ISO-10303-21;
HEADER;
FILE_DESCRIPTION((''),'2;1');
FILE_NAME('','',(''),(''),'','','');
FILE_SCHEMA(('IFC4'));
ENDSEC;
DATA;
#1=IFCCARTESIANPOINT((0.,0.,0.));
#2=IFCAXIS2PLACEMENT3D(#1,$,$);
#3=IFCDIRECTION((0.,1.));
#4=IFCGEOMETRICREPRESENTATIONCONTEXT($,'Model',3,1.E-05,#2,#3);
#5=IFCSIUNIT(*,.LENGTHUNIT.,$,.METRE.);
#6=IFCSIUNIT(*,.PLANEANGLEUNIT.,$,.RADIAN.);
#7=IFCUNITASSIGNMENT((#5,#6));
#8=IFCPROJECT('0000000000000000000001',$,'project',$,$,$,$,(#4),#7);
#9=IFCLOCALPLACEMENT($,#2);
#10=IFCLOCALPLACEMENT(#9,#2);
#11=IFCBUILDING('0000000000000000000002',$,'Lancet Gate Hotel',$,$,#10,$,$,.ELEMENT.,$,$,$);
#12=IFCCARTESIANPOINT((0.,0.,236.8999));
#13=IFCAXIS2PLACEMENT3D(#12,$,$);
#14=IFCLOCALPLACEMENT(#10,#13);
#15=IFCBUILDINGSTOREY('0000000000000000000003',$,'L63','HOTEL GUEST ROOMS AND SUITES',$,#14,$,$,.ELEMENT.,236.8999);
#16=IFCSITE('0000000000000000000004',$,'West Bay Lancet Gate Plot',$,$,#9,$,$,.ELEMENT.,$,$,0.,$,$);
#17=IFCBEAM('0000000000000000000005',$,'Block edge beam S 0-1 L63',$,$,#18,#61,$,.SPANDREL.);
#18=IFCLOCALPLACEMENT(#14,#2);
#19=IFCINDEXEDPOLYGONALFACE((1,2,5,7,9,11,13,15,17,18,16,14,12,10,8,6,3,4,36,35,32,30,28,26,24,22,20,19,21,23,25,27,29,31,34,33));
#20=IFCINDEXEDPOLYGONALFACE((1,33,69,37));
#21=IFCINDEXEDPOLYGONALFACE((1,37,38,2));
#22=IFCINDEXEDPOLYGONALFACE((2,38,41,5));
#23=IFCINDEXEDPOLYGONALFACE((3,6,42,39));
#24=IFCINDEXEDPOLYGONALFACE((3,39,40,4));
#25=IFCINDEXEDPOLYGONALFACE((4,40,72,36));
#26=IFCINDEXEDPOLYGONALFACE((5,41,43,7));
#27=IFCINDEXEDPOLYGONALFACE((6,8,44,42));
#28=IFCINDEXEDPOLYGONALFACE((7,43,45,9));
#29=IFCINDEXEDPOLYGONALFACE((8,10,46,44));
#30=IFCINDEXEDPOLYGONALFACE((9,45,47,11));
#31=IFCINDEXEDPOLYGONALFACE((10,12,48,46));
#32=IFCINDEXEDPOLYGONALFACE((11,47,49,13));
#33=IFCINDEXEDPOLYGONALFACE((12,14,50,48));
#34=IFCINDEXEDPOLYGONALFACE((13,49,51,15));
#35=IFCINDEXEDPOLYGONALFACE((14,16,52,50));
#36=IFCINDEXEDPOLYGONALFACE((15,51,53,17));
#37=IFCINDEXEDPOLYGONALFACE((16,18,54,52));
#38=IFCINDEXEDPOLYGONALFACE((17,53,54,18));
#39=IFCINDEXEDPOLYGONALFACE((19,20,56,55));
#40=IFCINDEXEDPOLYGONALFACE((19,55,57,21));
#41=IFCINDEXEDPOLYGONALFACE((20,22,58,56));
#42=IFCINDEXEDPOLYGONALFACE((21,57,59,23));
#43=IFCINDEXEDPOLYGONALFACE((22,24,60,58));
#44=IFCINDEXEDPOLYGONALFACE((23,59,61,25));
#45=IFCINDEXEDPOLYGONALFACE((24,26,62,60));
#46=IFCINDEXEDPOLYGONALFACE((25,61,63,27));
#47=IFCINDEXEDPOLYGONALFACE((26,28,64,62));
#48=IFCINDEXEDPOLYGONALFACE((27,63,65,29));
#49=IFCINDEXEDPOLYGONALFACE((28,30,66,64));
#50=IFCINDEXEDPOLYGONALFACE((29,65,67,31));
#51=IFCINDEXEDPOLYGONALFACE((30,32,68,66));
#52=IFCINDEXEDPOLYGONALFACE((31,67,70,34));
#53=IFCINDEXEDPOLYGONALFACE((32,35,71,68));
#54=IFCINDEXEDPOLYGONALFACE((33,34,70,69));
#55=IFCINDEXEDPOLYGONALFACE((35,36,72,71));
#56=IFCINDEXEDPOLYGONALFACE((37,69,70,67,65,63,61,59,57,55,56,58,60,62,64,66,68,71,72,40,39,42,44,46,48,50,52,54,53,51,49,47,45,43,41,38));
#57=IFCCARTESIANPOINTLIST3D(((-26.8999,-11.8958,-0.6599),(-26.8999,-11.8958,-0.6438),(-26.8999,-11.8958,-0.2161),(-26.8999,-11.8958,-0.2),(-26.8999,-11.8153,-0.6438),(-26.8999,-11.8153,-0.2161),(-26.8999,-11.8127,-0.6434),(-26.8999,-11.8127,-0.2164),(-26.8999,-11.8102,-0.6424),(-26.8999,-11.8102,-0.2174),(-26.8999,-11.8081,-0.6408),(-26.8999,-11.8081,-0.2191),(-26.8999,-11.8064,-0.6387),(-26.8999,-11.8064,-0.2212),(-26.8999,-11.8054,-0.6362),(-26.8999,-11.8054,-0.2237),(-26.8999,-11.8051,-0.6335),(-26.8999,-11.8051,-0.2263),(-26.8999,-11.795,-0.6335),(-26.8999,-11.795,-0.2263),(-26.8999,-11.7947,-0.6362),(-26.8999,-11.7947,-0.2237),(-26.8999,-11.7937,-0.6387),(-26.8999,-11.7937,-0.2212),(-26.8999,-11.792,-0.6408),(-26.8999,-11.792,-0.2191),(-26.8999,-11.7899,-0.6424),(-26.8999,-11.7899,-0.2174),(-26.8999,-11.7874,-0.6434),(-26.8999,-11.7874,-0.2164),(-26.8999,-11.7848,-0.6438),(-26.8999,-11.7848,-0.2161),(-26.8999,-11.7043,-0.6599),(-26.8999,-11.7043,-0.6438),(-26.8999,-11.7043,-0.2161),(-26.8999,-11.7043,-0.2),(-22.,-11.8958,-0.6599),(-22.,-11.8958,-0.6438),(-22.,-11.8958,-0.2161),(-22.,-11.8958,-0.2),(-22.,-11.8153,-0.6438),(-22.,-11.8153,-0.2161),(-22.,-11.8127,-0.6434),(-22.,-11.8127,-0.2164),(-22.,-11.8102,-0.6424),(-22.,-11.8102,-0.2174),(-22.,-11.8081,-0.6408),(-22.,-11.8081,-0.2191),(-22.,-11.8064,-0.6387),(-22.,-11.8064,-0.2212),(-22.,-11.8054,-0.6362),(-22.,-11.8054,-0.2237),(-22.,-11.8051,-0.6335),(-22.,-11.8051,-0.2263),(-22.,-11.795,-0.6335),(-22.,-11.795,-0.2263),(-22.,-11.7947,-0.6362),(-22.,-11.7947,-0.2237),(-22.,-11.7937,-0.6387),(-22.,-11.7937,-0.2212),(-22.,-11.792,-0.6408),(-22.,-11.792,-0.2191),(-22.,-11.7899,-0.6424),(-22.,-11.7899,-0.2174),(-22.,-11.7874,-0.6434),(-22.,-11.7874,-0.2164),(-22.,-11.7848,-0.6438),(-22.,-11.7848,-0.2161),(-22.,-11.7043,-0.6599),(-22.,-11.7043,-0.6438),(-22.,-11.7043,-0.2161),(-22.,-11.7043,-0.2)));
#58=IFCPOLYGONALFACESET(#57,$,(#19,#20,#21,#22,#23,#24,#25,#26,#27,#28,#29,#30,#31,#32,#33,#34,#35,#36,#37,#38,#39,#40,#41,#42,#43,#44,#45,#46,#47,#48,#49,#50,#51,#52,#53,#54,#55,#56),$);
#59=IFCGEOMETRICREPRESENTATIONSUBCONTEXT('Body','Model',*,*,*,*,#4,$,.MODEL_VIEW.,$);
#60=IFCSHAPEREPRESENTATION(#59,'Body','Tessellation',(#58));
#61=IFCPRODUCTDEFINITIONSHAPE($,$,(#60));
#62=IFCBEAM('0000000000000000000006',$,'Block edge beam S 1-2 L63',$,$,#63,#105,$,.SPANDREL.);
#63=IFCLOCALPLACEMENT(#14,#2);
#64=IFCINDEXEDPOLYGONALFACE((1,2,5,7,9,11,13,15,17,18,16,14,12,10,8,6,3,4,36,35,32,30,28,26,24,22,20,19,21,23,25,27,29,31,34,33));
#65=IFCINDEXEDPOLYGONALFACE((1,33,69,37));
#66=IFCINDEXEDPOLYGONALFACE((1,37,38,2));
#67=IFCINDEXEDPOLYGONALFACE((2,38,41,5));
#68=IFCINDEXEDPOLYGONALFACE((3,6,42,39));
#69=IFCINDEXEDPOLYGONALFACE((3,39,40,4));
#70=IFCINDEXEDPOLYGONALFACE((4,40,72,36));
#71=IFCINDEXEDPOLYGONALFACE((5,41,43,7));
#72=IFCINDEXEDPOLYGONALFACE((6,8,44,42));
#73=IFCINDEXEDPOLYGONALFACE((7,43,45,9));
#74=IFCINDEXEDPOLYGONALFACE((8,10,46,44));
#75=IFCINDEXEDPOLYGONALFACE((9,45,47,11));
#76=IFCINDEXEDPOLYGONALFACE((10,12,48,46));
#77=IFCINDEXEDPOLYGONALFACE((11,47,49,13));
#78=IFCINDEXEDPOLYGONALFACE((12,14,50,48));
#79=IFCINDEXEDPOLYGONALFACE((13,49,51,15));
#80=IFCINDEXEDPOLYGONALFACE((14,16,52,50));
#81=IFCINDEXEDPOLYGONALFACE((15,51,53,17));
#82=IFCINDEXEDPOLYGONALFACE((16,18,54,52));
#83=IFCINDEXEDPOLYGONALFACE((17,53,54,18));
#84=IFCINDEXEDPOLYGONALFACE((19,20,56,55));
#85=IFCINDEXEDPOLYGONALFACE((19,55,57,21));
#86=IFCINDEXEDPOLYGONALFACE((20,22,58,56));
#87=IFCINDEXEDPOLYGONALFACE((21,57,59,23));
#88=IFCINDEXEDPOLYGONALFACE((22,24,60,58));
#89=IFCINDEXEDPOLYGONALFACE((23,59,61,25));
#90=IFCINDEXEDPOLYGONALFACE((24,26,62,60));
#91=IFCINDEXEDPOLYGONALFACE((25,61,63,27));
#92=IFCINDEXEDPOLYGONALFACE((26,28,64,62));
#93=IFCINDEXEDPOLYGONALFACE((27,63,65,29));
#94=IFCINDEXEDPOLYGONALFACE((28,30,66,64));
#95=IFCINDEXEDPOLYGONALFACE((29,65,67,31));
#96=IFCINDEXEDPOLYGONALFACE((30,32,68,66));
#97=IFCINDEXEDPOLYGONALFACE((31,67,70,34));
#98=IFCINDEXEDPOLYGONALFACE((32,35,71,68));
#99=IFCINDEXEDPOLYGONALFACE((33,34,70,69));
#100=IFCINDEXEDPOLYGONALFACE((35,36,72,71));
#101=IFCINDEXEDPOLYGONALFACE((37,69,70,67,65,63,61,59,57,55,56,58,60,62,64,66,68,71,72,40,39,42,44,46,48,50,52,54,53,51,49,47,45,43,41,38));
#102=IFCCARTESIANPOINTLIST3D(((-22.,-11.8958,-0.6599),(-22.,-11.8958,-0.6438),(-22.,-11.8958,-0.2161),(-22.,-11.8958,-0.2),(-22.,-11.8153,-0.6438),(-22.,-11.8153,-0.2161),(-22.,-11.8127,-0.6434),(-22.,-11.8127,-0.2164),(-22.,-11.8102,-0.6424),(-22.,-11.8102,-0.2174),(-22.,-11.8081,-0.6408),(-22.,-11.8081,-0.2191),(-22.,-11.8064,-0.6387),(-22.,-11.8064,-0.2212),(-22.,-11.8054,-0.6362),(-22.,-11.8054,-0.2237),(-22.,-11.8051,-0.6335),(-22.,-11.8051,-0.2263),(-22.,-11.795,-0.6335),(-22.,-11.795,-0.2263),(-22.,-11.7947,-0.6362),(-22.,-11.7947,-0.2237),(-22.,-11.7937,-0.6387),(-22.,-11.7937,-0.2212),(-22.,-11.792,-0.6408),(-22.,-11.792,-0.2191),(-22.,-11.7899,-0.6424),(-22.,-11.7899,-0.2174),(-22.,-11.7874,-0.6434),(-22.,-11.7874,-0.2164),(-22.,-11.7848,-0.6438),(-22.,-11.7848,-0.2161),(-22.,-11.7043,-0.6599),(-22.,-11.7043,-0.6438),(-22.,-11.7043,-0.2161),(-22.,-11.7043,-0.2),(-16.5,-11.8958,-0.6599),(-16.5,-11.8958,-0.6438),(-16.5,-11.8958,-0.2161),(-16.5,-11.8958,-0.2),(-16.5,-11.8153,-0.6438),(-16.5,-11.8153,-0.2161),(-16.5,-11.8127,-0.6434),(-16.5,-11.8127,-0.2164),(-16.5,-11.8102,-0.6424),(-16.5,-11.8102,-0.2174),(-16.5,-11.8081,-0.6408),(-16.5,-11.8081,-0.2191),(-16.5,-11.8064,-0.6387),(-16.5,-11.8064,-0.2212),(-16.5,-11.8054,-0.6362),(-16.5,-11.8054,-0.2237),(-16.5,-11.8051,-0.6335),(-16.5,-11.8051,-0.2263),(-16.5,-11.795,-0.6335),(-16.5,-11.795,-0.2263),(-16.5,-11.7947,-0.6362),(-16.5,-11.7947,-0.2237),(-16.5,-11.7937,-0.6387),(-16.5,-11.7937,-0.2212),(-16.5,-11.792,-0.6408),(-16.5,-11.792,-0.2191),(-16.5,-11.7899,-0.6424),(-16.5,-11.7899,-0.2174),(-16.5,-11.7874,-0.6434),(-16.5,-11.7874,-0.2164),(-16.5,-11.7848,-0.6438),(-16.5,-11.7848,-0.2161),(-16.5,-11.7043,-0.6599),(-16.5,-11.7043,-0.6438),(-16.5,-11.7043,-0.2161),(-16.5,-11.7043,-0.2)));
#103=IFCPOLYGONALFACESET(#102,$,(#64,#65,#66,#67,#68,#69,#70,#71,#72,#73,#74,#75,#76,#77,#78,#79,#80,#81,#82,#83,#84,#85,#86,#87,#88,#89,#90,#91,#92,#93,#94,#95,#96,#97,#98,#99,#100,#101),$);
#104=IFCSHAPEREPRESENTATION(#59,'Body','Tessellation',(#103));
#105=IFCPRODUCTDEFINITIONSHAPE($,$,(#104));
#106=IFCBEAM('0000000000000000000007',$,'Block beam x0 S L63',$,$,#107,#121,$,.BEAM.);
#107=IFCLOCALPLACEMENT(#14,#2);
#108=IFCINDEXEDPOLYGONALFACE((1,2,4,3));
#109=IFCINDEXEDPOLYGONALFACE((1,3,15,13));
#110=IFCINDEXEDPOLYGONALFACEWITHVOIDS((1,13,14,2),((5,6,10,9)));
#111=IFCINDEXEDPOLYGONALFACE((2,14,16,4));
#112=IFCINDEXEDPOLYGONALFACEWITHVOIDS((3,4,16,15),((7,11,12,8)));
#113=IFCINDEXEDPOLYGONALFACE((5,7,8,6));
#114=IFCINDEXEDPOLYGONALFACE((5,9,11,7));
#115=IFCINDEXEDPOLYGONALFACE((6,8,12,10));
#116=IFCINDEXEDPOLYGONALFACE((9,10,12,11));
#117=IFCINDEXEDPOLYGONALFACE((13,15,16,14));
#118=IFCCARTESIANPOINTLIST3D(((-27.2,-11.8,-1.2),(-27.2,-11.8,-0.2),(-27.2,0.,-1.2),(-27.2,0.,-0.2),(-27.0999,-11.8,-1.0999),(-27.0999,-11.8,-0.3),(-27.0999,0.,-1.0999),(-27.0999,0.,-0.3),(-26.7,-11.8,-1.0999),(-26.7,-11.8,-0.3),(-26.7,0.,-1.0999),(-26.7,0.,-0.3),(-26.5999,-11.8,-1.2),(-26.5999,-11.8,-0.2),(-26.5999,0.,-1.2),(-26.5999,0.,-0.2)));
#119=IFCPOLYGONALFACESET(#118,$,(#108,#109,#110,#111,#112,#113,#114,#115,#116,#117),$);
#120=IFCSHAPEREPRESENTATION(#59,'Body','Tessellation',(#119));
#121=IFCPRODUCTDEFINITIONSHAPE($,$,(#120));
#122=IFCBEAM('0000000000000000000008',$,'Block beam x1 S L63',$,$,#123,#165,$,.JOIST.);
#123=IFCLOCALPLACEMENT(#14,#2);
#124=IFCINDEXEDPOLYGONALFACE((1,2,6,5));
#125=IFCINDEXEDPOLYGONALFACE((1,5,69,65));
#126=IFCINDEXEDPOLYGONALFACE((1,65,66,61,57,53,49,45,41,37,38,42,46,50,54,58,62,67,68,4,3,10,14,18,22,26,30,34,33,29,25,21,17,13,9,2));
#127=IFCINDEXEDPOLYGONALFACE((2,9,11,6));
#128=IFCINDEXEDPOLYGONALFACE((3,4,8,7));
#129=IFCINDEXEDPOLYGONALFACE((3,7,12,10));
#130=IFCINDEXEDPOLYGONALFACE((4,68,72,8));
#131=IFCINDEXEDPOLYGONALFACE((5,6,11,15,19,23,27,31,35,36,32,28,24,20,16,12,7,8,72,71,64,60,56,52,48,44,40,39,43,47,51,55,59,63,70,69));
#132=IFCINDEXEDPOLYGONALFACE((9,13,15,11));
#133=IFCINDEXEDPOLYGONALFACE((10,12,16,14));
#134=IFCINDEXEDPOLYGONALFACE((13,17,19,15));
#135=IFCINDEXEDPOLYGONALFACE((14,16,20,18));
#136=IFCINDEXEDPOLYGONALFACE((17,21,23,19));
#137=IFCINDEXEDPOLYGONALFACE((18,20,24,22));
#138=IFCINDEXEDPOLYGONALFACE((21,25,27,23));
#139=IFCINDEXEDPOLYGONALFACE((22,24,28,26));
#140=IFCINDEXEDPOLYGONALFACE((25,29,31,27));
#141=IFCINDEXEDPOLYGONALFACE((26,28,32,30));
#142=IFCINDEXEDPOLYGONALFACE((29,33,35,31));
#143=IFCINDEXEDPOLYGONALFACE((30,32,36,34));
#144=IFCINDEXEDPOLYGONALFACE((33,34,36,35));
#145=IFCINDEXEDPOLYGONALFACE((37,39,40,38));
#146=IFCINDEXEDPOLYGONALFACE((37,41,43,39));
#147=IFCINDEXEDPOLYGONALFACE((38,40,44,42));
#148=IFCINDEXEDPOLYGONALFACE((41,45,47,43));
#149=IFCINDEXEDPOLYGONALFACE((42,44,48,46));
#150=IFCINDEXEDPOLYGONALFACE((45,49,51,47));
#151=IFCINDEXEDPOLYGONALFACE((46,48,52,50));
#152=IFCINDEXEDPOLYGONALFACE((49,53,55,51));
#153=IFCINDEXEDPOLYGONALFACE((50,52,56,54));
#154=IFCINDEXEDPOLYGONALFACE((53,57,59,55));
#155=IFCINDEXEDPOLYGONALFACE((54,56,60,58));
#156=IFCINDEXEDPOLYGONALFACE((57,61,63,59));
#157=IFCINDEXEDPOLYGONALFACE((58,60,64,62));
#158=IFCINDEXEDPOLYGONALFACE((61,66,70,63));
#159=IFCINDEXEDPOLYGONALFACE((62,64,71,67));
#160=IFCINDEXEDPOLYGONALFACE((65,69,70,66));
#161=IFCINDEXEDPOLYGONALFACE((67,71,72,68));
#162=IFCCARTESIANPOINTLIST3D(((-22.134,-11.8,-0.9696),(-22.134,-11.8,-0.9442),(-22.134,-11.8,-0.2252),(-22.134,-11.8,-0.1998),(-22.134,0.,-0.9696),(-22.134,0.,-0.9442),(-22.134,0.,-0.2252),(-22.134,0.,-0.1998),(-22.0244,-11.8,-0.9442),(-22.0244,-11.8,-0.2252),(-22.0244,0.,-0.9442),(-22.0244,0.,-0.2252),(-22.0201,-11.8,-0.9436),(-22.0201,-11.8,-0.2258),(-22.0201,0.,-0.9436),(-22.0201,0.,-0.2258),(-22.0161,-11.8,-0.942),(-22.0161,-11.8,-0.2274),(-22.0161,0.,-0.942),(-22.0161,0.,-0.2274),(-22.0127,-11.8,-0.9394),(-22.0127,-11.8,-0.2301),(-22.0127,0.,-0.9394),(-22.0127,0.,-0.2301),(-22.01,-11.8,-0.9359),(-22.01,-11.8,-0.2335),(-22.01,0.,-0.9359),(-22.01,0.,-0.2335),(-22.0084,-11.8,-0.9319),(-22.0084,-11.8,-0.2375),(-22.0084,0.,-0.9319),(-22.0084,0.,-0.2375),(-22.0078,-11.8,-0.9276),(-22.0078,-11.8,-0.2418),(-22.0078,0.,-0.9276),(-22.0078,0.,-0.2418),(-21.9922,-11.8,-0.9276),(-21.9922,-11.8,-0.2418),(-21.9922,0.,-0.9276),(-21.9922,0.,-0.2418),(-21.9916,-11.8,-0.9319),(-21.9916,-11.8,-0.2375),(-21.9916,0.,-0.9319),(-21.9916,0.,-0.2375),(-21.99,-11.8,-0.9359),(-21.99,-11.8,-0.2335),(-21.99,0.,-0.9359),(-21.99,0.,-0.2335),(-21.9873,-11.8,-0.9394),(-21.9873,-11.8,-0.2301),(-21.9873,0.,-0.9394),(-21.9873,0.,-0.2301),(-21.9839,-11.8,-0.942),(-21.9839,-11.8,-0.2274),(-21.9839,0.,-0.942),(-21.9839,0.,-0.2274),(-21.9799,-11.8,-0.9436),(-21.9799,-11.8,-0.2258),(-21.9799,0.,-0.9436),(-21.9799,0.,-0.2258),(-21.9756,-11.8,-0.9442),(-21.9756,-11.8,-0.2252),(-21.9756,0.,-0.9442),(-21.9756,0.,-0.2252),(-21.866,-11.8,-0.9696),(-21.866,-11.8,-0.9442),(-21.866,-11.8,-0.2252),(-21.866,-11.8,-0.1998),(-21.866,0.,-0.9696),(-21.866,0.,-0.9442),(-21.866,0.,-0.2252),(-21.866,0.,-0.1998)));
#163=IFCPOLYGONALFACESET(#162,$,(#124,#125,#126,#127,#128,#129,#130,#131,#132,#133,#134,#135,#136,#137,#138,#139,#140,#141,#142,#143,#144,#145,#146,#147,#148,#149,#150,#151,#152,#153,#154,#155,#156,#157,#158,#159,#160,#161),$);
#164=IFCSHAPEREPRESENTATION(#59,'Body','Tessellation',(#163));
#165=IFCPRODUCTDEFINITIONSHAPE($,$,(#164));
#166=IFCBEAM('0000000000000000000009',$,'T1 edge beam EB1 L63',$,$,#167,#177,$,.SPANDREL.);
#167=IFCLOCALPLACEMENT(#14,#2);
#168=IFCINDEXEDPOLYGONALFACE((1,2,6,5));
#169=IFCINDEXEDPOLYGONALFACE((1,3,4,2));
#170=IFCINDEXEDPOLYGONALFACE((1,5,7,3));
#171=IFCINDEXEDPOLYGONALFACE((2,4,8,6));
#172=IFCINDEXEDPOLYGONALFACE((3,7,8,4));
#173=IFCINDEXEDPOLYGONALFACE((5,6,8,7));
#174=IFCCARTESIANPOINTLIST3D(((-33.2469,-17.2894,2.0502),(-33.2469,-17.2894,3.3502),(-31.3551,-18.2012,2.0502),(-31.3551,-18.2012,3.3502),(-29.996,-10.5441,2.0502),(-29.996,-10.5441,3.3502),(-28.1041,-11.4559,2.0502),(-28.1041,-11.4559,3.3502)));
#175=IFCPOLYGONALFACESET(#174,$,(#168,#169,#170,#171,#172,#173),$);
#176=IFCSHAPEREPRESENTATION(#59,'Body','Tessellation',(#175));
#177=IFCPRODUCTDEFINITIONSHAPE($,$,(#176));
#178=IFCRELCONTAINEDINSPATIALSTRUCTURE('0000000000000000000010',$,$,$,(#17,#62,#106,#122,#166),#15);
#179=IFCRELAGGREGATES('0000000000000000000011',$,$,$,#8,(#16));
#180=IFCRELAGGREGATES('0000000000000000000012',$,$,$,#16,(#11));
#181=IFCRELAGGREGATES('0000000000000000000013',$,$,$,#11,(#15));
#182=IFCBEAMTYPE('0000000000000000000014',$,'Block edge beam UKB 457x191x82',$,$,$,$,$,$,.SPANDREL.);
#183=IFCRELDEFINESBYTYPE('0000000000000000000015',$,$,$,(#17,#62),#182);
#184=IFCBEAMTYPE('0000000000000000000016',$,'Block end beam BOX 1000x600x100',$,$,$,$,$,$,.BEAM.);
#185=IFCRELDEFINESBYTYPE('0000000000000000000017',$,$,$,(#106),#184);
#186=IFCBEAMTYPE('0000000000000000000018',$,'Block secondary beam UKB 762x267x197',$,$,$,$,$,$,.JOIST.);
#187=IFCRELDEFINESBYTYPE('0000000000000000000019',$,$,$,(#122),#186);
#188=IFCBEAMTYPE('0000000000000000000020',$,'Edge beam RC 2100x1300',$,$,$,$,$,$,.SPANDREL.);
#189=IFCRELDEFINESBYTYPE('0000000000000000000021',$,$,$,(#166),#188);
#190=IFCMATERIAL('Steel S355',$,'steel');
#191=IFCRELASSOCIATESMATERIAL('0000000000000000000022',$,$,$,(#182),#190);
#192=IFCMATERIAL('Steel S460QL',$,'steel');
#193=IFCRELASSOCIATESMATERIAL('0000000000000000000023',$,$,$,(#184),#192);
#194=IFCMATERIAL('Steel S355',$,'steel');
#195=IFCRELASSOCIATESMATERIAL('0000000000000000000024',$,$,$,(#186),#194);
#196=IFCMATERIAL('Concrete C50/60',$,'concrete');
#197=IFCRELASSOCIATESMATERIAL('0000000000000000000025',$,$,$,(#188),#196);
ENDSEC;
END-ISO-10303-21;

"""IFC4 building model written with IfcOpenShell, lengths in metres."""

from ifc_helpers import new_model, si_unit, direction, frame, origin, origin_2d, place, context, subcontext, project, spatial, rectangle, hollow_rectangle, i_section, extrude, material, material_profile, profile_set, type_object, element, save


model = new_model("IFC4")

# Units and contexts
model_context = context("Model", 3, precision=1e-05, world=origin(), true_north=direction((0.0, 1.0)))
body_context = subcontext(model_context, "Body", "Model", "MODEL_VIEW")
ifc_project = project(units=[si_unit("LENGTHUNIT", "METRE"), si_unit("PLANEANGLEUNIT", "RADIAN")], contexts=[model_context])

# Site, building, storey
site_placement = place(None, origin())
site = spatial("IfcSite", under=ifc_project, at=site_placement, Name="West Bay Lancet Gate Plot", CompositionType="ELEMENT", RefElevation=0.0)
building_placement = place(site_placement, origin())
building = spatial("IfcBuilding", under=site, at=building_placement, Name="Lancet Gate Hotel", CompositionType="ELEMENT")
storey_placement = place(building_placement, frame((0.0, 0.0, 236.8999)))
storey = spatial("IfcBuildingStorey", under=building, at=storey_placement, Name="L63", Description="HOTEL GUEST ROOMS AND SUITES", CompositionType="ELEMENT", Elevation=236.8999)

# Beams
ifc_material_1 = material(Name="Steel S355", Category="steel")
ifc_material_profile_1 = material_profile(ifc_material_1, i_section(OverallWidth=0.1914, OverallDepth=0.46, WebThickness=0.01, FlangeThickness=0.0161, FilletRadius=0.0103, at=origin_2d()), Name="UKB 457x191x82")
ifc_profile_set_1 = profile_set([ifc_material_profile_1], Name="Steel S355")
beam_type_1 = type_object("IfcBeamType", Name="Block edge beam UKB 457x191x82", PredefinedType="SPANDREL", material=ifc_profile_set_1)
beam_1_placement = place(storey_placement, frame((-26.8999, -11.8, -0.4299), z_axis=(1.0, 0.0, 0.0), x_axis=(0.0, 1.0, 0.0)))
element("IfcBeam", 1, at=beam_1_placement, inside=storey, type_object=beam_type_1, Name="Block edge beam S 0-1 L63", PredefinedType="SPANDREL", context=body_context, shape_type="SweptSolid", body=[
    extrude(i_section(OverallWidth=0.1914, OverallDepth=0.46, WebThickness=0.01, FlangeThickness=0.0161, FilletRadius=0.0103, at=origin_2d()), origin(), (0.0, 0.0, 1.0), 4.8999),
])
beam_2_placement = place(storey_placement, frame((-22.0, -11.8, -0.4299), z_axis=(1.0, 0.0, 0.0), x_axis=(0.0, 1.0, 0.0)))
element("IfcBeam", 2, at=beam_2_placement, inside=storey, type_object=beam_type_1, Name="Block edge beam S 1-2 L63", PredefinedType="SPANDREL", context=body_context, shape_type="SweptSolid", body=[
    extrude(i_section(OverallWidth=0.1914, OverallDepth=0.46, WebThickness=0.01, FlangeThickness=0.0161, FilletRadius=0.0103, at=origin_2d()), origin(), (0.0, 0.0, 1.0), 5.5),
])
ifc_material_2 = material(Name="Steel S460QL", Category="steel")
ifc_material_profile_2 = material_profile(ifc_material_2, hollow_rectangle(XDim=0.6001, YDim=1.0, WallThickness=0.1001, at=origin_2d()), Name="BOX 1000x600x100")
ifc_profile_set_2 = profile_set([ifc_material_profile_2], Name="Steel S460QL")
beam_type_2 = type_object("IfcBeamType", Name="Block end beam BOX 1000x600x100", PredefinedType="BEAM", material=ifc_profile_set_2)
beam_3_placement = place(storey_placement, frame((-26.8999, -11.8, -0.7), z_axis=(0.0, 1.0, 0.0), x_axis=(-1.0, 0.0, 0.0)))
element("IfcBeam", 3, at=beam_3_placement, inside=storey, type_object=beam_type_2, Name="Block beam x0 S L63", PredefinedType="BEAM", context=body_context, shape_type="SweptSolid", body=[
    extrude(hollow_rectangle(XDim=0.6001, YDim=1.0, WallThickness=0.1001, at=origin_2d()), origin(), (0.0, 0.0, 1.0), 11.8),
])
ifc_material_3 = material(Name="Steel S355", Category="steel")
ifc_material_profile_3 = material_profile(ifc_material_3, i_section(OverallWidth=0.2681, OverallDepth=0.7698, WebThickness=0.0156, FlangeThickness=0.0254, FilletRadius=0.0166, at=origin_2d()), Name="UKB 762x267x197")
ifc_profile_set_3 = profile_set([ifc_material_profile_3], Name="Steel S355")
beam_type_3 = type_object("IfcBeamType", Name="Block secondary beam UKB 762x267x197", PredefinedType="JOIST", material=ifc_profile_set_3)
beam_4_placement = place(storey_placement, frame((-22.0, -11.8, -0.5847), z_axis=(0.0, 1.0, 0.0), x_axis=(-1.0, 0.0, 0.0)))
element("IfcBeam", 4, at=beam_4_placement, inside=storey, type_object=beam_type_3, Name="Block beam x1 S L63", PredefinedType="JOIST", context=body_context, shape_type="SweptSolid", body=[
    extrude(i_section(OverallWidth=0.2681, OverallDepth=0.7698, WebThickness=0.0156, FlangeThickness=0.0254, FilletRadius=0.0166, at=origin_2d()), origin(), (0.0, 0.0, 1.0), 11.8),
])
ifc_material_4 = material(Name="Concrete C50/60", Category="concrete")
ifc_material_profile_4 = material_profile(ifc_material_4, rectangle(XDim=2.1001, YDim=1.3, at=origin_2d()), Name="RC 2100x1300")
ifc_profile_set_4 = profile_set([ifc_material_profile_4], Name="Concrete C50/60")
beam_type_4 = type_object("IfcBeamType", Name="Edge beam RC 2100x1300", PredefinedType="SPANDREL", material=ifc_profile_set_4)
beam_5_placement = place(storey_placement, frame((-29.05, -11.0, 2.7002), z_axis=(-0.434164, -0.900834, 0.0), x_axis=(0.900834, -0.434164, 0.0)))
element("IfcBeam", 5, at=beam_5_placement, inside=storey, type_object=beam_type_4, Name="T1 edge beam EB1 L63", PredefinedType="SPANDREL", context=body_context, shape_type="SweptSolid", body=[
    extrude(rectangle(XDim=2.1001, YDim=1.3, at=origin_2d()), origin(), (0.0, 0.0, 1.0), 7.4878),
])

save(model, "model.ifc")
